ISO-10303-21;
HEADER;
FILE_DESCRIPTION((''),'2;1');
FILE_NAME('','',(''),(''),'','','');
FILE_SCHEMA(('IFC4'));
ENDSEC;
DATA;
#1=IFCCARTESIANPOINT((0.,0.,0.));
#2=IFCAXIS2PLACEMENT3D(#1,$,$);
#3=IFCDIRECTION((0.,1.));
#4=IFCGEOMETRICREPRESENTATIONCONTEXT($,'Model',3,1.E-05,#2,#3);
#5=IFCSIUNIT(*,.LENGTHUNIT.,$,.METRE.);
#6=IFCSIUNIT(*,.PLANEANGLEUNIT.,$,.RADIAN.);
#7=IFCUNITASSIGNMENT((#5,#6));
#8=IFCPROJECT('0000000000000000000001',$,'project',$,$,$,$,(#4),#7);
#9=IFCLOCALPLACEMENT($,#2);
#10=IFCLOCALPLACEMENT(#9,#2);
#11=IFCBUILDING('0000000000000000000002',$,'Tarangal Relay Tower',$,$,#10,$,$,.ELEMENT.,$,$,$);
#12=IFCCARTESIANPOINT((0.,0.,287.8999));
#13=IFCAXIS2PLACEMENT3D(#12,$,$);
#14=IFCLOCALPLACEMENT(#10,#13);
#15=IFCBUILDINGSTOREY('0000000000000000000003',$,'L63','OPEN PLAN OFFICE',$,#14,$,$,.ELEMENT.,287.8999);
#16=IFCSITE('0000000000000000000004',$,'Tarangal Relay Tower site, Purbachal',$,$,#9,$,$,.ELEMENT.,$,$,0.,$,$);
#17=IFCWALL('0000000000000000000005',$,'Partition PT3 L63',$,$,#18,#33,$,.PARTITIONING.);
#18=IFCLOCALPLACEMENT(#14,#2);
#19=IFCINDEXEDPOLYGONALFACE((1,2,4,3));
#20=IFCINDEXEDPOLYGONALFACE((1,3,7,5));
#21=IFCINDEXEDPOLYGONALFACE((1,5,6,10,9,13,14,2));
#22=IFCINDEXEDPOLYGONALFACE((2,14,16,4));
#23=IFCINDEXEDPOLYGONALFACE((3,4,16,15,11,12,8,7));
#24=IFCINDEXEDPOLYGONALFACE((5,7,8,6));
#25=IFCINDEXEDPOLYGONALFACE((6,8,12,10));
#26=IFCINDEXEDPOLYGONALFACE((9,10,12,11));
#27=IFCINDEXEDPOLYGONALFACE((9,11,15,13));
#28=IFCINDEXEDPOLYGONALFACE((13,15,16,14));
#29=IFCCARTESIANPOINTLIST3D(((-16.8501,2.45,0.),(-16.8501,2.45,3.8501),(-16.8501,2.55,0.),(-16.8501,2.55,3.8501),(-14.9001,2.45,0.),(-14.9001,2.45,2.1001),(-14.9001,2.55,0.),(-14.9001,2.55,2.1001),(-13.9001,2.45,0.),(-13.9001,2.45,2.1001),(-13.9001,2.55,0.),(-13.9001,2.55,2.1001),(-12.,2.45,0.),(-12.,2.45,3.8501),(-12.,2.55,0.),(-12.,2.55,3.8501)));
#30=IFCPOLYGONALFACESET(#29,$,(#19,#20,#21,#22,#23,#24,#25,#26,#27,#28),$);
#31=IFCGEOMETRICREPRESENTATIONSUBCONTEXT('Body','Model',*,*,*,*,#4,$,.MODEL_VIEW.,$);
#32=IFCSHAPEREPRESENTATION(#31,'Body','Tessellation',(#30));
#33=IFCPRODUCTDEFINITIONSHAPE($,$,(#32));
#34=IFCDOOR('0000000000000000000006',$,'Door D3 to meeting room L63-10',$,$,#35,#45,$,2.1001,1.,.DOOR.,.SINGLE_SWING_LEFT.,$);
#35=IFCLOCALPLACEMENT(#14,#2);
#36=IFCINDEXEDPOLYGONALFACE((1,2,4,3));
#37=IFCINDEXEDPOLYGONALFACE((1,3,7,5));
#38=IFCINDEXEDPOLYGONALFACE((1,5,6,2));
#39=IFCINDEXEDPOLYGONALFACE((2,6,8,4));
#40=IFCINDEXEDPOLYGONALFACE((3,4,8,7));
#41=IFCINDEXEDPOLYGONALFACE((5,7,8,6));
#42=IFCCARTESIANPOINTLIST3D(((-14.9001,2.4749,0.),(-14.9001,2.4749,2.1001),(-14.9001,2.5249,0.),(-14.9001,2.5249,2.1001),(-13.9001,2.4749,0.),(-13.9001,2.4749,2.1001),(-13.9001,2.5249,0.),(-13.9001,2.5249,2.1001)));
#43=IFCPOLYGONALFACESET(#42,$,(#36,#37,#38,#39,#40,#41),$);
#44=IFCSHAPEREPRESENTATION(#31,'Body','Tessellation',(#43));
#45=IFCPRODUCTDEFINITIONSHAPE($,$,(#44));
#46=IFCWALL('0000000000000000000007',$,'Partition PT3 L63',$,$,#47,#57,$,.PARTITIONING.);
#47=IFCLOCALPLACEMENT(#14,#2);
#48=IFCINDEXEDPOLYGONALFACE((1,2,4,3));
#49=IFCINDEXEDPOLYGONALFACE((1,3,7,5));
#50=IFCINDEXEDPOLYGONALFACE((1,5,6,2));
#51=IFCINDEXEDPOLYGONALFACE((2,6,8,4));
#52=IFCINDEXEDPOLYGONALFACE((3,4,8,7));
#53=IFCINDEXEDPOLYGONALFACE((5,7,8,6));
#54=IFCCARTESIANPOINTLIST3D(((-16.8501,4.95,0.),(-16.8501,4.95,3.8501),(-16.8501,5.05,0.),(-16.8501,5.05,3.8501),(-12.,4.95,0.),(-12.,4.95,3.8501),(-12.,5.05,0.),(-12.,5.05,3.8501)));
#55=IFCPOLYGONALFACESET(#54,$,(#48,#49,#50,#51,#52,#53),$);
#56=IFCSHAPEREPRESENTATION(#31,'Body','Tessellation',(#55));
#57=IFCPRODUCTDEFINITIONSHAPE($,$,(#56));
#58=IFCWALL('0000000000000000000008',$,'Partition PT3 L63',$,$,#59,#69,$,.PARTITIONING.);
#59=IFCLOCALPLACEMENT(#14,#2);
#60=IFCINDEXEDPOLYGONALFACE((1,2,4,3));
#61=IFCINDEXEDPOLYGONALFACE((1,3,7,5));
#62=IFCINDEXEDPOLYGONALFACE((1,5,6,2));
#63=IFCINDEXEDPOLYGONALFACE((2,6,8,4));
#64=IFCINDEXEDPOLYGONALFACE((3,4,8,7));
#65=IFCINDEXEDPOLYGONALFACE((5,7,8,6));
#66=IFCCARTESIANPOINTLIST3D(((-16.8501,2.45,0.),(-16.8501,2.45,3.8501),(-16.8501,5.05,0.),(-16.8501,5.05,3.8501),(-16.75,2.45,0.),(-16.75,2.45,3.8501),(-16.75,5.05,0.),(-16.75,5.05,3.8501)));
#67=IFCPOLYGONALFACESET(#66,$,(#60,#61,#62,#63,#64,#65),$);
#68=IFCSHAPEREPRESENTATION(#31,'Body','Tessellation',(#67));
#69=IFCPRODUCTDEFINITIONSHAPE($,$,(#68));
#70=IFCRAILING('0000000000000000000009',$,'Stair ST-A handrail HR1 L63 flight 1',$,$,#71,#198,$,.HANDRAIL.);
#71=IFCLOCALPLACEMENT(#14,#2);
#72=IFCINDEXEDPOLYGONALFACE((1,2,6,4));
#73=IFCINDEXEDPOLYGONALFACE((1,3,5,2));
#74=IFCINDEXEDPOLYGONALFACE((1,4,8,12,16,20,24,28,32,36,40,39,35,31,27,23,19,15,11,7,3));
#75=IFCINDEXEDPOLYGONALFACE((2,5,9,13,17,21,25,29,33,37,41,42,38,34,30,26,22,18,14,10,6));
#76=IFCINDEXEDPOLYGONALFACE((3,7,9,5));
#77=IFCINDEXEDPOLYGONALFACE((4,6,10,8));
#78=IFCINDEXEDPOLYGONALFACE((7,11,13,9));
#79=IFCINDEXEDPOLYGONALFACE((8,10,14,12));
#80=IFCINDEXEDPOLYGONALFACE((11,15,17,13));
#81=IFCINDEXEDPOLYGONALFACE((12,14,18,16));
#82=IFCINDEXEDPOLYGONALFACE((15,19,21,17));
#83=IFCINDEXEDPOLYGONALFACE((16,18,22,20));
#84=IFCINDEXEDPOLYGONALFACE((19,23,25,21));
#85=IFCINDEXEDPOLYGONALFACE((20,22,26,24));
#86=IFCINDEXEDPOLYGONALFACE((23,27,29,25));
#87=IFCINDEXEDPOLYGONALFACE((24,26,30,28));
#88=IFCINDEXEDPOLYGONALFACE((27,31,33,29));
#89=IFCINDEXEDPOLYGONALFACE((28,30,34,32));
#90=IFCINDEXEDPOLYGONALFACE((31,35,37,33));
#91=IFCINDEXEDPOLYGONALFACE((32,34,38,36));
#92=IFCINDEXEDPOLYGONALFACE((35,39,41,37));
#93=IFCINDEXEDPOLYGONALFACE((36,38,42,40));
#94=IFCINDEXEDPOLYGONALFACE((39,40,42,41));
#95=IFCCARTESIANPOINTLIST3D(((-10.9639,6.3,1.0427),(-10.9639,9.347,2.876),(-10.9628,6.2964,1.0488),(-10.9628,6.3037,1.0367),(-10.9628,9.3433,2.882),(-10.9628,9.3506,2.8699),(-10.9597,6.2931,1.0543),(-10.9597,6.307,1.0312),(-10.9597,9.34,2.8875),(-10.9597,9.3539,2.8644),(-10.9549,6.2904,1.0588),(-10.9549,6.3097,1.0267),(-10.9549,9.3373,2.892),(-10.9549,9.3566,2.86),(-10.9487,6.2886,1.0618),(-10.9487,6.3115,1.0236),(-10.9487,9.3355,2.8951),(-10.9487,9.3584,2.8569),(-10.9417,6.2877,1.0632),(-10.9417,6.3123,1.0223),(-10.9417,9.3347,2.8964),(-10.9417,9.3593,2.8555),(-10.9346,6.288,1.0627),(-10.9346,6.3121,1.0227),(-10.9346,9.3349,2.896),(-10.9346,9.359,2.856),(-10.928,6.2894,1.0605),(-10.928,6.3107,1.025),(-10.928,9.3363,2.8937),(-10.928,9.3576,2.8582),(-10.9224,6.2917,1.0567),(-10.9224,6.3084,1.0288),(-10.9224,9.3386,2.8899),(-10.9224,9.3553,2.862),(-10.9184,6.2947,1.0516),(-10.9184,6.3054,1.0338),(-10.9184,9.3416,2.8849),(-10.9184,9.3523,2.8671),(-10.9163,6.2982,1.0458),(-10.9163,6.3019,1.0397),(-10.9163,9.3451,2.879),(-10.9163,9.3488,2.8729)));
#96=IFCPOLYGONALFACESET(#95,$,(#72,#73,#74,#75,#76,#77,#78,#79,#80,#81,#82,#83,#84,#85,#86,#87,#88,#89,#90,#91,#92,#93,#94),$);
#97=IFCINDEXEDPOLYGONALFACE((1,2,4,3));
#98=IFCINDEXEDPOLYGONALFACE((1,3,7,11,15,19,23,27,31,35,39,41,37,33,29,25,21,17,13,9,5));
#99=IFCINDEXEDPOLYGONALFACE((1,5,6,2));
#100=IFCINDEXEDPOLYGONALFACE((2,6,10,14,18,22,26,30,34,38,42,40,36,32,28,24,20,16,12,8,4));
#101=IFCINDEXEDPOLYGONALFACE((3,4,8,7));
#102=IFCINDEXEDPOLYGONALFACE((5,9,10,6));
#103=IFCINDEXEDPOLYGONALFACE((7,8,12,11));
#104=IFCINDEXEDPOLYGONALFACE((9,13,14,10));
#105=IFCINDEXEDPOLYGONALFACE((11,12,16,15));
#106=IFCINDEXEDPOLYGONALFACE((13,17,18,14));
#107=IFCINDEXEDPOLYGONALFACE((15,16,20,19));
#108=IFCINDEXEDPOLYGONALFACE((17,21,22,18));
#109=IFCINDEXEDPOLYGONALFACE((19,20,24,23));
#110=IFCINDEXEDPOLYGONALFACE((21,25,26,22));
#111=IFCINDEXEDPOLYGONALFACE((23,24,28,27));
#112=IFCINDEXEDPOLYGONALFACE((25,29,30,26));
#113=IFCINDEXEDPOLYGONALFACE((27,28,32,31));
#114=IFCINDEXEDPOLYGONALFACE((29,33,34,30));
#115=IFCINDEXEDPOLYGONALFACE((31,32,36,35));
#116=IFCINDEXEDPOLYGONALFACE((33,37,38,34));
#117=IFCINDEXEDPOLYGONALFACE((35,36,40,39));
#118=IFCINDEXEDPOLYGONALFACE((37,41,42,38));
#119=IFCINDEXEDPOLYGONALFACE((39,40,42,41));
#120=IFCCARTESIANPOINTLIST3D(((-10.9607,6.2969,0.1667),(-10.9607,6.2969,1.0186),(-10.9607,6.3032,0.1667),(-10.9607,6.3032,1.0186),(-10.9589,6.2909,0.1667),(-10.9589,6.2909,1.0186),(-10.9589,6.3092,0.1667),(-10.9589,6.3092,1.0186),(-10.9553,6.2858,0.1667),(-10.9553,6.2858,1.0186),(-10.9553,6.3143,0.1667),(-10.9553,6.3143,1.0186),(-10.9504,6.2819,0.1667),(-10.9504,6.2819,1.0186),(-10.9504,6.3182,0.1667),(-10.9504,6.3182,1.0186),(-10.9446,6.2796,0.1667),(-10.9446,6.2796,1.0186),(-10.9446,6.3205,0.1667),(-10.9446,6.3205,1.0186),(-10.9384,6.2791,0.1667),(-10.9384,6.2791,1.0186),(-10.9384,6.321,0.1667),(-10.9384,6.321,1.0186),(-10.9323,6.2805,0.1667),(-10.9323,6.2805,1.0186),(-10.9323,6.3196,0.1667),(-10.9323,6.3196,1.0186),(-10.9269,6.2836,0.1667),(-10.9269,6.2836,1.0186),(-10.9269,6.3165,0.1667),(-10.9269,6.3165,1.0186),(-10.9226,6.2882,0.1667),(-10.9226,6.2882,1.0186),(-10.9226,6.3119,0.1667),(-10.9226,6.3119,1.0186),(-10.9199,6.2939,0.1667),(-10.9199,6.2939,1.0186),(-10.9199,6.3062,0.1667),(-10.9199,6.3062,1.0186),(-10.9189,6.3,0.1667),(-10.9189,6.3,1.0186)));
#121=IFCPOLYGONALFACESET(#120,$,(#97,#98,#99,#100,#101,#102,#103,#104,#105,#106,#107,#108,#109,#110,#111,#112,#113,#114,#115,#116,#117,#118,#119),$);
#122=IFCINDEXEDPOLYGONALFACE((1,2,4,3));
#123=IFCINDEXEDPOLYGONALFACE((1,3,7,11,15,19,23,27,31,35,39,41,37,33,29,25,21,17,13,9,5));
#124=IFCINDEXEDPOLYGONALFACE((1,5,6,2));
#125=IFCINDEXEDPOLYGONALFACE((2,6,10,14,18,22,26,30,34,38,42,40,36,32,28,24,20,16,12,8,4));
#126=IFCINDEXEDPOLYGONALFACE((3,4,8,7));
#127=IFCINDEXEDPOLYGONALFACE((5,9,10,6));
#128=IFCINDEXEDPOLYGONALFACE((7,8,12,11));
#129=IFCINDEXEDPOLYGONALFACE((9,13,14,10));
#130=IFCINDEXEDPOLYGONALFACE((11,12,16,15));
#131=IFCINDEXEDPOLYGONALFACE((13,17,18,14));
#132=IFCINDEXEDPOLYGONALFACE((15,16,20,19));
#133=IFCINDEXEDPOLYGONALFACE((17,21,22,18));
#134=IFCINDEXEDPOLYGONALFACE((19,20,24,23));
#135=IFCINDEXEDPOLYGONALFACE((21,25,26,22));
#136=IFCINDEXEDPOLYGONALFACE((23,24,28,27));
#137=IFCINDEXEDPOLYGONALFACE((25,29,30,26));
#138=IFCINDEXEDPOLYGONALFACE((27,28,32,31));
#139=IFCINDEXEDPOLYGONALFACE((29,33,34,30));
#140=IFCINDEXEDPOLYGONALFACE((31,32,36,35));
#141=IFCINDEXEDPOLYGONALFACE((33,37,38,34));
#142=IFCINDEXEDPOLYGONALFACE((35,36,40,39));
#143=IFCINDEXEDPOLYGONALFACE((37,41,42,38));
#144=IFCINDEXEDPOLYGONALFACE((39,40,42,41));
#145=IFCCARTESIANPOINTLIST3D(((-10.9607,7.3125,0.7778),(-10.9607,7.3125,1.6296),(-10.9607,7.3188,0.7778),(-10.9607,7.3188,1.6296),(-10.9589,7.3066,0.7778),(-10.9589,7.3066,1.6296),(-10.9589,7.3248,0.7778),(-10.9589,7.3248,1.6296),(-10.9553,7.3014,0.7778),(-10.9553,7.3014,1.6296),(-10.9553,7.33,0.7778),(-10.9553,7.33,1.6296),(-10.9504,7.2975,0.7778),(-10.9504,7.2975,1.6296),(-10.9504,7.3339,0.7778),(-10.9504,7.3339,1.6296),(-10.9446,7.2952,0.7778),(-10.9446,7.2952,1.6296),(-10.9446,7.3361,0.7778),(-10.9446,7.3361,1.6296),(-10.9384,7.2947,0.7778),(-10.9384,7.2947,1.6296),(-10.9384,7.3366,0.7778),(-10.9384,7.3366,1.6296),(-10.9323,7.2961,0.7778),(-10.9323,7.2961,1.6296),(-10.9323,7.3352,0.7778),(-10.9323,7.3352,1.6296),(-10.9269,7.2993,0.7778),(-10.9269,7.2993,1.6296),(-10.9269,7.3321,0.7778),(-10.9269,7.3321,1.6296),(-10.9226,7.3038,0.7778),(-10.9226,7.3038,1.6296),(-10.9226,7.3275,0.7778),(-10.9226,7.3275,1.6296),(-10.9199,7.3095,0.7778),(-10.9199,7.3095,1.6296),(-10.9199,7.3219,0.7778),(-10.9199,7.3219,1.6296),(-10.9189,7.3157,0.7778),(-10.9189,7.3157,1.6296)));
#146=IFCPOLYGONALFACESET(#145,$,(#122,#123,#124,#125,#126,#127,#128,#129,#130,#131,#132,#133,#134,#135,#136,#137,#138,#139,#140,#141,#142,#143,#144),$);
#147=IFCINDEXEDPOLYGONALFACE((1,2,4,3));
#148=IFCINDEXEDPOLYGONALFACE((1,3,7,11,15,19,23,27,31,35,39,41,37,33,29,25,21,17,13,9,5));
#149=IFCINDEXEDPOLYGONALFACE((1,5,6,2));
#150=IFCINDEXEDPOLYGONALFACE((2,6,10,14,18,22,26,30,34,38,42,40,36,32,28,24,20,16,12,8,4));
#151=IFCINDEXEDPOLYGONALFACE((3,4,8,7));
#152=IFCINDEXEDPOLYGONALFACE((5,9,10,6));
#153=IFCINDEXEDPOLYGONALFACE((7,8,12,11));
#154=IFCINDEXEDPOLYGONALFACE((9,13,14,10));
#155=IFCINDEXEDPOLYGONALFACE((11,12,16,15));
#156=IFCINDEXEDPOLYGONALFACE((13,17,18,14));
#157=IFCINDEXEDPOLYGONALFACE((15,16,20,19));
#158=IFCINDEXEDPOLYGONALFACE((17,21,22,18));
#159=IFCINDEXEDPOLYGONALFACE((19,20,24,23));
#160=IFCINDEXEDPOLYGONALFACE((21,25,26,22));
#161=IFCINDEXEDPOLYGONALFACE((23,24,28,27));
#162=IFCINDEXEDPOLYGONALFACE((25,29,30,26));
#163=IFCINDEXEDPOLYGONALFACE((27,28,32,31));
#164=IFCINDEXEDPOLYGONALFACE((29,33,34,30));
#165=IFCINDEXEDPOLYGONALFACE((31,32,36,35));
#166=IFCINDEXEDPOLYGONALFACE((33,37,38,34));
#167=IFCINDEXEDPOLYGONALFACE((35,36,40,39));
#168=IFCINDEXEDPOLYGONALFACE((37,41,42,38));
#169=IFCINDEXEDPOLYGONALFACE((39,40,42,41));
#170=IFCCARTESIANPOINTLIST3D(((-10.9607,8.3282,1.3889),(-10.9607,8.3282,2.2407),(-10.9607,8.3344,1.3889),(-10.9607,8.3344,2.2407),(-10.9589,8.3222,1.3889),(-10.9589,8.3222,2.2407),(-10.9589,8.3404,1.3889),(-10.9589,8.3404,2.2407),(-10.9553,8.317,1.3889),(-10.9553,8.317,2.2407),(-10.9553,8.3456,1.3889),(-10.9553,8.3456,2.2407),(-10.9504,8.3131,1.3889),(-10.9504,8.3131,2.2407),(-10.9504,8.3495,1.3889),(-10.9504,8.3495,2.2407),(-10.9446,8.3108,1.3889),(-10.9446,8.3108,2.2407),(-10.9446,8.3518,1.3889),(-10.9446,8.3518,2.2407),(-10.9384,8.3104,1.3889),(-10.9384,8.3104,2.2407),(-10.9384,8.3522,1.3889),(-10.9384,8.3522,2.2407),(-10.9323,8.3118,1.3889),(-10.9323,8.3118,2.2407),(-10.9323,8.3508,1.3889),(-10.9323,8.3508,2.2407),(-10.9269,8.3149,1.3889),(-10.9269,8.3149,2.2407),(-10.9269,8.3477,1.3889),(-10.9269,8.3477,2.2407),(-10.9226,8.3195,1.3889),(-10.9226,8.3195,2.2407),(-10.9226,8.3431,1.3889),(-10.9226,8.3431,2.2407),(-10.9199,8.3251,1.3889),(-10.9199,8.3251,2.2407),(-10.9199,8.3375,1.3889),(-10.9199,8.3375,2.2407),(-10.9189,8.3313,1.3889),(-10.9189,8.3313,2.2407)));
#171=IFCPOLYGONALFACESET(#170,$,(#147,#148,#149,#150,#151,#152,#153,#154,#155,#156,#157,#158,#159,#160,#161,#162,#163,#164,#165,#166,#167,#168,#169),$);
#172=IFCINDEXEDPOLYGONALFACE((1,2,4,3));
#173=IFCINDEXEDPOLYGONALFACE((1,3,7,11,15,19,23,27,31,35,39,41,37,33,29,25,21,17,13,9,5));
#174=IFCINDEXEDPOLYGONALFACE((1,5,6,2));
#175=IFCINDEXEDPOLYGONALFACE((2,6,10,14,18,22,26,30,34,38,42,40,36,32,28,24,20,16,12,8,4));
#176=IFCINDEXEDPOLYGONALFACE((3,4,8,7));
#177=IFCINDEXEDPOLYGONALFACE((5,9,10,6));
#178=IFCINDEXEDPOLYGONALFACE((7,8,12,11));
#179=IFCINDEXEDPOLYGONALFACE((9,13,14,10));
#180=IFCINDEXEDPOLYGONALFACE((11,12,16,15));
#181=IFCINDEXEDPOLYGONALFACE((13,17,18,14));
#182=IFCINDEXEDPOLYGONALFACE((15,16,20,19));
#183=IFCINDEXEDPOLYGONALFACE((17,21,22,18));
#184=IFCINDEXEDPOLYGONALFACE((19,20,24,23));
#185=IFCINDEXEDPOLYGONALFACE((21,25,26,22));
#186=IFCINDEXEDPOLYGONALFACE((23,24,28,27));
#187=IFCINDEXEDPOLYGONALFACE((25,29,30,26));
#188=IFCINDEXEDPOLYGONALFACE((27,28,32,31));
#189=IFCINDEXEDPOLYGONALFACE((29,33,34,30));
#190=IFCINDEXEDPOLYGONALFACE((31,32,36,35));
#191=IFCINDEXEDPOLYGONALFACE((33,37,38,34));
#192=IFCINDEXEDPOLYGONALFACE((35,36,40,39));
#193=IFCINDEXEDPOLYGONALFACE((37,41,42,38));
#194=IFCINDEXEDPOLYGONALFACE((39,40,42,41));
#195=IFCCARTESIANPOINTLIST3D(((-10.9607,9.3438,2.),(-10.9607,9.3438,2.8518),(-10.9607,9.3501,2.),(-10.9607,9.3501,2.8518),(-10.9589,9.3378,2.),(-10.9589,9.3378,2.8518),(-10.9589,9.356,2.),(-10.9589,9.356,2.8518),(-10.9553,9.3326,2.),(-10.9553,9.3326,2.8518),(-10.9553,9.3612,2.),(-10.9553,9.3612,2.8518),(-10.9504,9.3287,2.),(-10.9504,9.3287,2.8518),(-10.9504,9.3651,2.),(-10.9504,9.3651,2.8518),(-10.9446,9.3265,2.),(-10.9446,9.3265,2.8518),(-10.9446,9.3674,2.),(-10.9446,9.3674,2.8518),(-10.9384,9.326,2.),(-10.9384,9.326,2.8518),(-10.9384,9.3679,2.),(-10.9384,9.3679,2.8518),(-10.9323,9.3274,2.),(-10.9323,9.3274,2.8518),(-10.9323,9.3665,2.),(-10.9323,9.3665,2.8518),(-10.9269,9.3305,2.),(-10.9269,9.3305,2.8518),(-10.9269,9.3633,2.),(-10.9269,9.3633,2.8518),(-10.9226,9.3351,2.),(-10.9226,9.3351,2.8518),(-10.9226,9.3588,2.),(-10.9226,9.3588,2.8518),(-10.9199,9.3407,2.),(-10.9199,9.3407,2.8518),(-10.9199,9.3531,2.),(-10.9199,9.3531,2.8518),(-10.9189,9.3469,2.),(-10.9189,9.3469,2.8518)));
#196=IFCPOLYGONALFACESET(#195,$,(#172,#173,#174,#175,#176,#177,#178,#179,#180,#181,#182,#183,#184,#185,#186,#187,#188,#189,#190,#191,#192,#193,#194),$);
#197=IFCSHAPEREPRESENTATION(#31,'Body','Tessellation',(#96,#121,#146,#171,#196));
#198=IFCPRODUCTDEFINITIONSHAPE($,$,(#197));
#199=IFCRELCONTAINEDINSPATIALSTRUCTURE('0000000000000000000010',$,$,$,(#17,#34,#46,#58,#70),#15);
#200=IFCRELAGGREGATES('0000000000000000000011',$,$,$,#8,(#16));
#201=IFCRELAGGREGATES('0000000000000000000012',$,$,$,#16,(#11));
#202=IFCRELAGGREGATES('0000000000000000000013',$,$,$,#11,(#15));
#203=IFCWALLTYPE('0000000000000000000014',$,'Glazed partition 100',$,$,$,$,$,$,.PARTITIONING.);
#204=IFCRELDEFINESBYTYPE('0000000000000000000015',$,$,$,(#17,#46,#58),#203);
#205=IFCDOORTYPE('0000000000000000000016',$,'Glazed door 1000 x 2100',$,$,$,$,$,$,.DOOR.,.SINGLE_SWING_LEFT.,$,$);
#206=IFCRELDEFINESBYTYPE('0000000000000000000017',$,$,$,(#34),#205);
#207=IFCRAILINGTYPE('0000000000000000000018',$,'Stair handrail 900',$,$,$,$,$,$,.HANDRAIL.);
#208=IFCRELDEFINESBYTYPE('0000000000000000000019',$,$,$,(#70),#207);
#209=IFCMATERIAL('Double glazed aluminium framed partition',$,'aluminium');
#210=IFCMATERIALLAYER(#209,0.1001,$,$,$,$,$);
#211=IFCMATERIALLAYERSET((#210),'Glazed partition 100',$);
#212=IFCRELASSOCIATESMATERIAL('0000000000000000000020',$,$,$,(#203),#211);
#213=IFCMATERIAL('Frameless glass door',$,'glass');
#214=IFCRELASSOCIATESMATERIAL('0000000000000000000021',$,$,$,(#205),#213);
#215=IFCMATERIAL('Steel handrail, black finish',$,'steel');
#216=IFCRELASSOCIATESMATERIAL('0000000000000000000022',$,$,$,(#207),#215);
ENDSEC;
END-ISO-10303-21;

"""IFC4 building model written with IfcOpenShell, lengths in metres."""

from ifc_helpers import new_model, si_unit, direction, frame, frame_2d, origin, origin_2d, place, context, subcontext, project, spatial, rectangle, circle, extrude, material, layer, layer_set, type_object, element, fill, save


model = new_model("IFC4")

# Units and contexts
model_context = context("Model", 3, precision=1e-05, world=origin(), true_north=direction((0.0, 1.0)))
body_context = subcontext(model_context, "Body", "Model", "MODEL_VIEW")
ifc_project = project(units=[si_unit("LENGTHUNIT", "METRE"), si_unit("PLANEANGLEUNIT", "RADIAN")], contexts=[model_context])

# Site, building, storey
site_placement = place(None, origin())
site = spatial("IfcSite", under=ifc_project, at=site_placement, Name="Tarangal Relay Tower site, Purbachal", CompositionType="ELEMENT", RefElevation=0.0)
building_placement = place(site_placement, origin())
building = spatial("IfcBuilding", under=site, at=building_placement, Name="Tarangal Relay Tower", CompositionType="ELEMENT")
storey_placement = place(building_placement, frame((0.0, 0.0, 287.8999)))
storey = spatial("IfcBuildingStorey", under=building, at=storey_placement, Name="L63", Description="OPEN PLAN OFFICE", CompositionType="ELEMENT", Elevation=287.8999)

# Wall, opening, door
ifc_material_1 = material(Name="Double glazed aluminium framed partition", Category="aluminium")
ifc_layer_1 = layer(ifc_material_1, 0.1001)
ifc_layer_set_1 = layer_set([ifc_layer_1], Name="Glazed partition 100")
wall_type_1 = type_object("IfcWallType", Name="Glazed partition 100", PredefinedType="PARTITIONING", material=ifc_layer_set_1)
wall_1_placement = place(storey_placement, frame((-16.8501, 2.5, 0.0), z_axis=(0.0, 0.0, 1.0), x_axis=(1.0, 0.0, 0.0)))
wall_1 = element("IfcWall", 1, at=wall_1_placement, inside=storey, type_object=wall_type_1, Name="Partition PT3 L63", PredefinedType="PARTITIONING", context=body_context, shape_type="SweptSolid", body=[
    extrude(rectangle(XDim=4.8501, YDim=0.1001, at=frame_2d((2.425, 0.0))), origin(), (0.0, 0.0, 1.0), 3.8501),
])
opening_1_placement = place(wall_1_placement, frame((1.95, 0.0, 0.0)))
opening_1 = element("IfcOpeningElement", 2, at=opening_1_placement, cuts=wall_1, PredefinedType="OPENING", context=body_context, shape_type="SweptSolid", body=[
    extrude(rectangle(XDim=1.0, YDim=2.1001, at=frame_2d((0.5, 1.05))), frame((0.0, 0.0601, 0.0), z_axis=(0.0, -1.0, 0.0), x_axis=(1.0, 0.0, 0.0)), (0.0, 0.0, 1.0), 0.1201),
])
ifc_material_2 = material(Name="Frameless glass door", Category="glass")
door_type_1 = type_object("IfcDoorType", Name="Glazed door 1000 x 2100", OperationType="SINGLE_SWING_LEFT", PredefinedType="DOOR", material=ifc_material_2)
door_1_placement = place(opening_1_placement, origin())
door_1 = element("IfcDoor", 3, at=door_1_placement, inside=storey, type_object=door_type_1, Name="Door D3 to meeting room L63-10", OperationType="SINGLE_SWING_LEFT", OverallHeight=2.1001, OverallWidth=1.0, PredefinedType="DOOR", context=body_context, shape_type="SweptSolid", body=[
    extrude(rectangle(XDim=1.0, YDim=2.1001, at=frame_2d((0.5, 1.05))), frame((0.0, 0.0249, 0.0), z_axis=(0.0, -1.0, 0.0), x_axis=(1.0, 0.0, 0.0)), (0.0, 0.0, 1.0), 0.05),
])
fill(opening_1, door_1)

# Walls
wall_2_placement = place(storey_placement, frame((-16.8501, 5.0, 0.0), z_axis=(0.0, 0.0, 1.0), x_axis=(1.0, 0.0, 0.0)))
element("IfcWall", 4, at=wall_2_placement, inside=storey, type_object=wall_type_1, Name="Partition PT3 L63", PredefinedType="PARTITIONING", context=body_context, shape_type="SweptSolid", body=[
    extrude(rectangle(XDim=4.8501, YDim=0.1001, at=frame_2d((2.425, 0.0))), origin(), (0.0, 0.0, 1.0), 3.8501),
])
wall_3_placement = place(storey_placement, frame((-16.8, 2.45, 0.0), z_axis=(0.0, 0.0, 1.0), x_axis=(0.0, 1.0, 0.0)))
element("IfcWall", 5, at=wall_3_placement, inside=storey, type_object=wall_type_1, Name="Partition PT3 L63", PredefinedType="PARTITIONING", context=body_context, shape_type="SweptSolid", body=[
    extrude(rectangle(XDim=2.6001, YDim=0.1001, at=frame_2d((1.3, 0.0))), origin(), (0.0, 0.0, 1.0), 3.8501),
])

# Railing
ifc_material_3 = material(Name="Steel handrail, black finish", Category="steel")
railing_type = type_object("IfcRailingType", Name="Stair handrail 900", PredefinedType="HANDRAIL", material=ifc_material_3)
railing_placement = place(storey_placement, frame((-10.9399, 6.3, 0.1667)))
element("IfcRailing", 6, at=railing_placement, inside=storey, type_object=railing_type, Name="Stair ST-A handrail HR1 L63 flight 1", PredefinedType="HANDRAIL", context=body_context, shape_type="SweptSolid", body=[
    extrude(circle(Radius=0.0239, at=origin_2d()), frame((0.0, 0.0, 0.876), z_axis=(0.0, 0.856856, 0.515556), x_axis=(-1.0, 0.0, 0.0)), (0.0, 0.0, 1.0), 3.5559),
    extrude(circle(Radius=0.021, at=origin_2d()), origin(), (0.0, 0.0, 1.0), 0.8518),
    extrude(circle(Radius=0.021, at=origin_2d()), frame((0.0, 1.0156, 0.6111)), (0.0, 0.0, 1.0), 0.8518),
    extrude(circle(Radius=0.021, at=origin_2d()), frame((0.0, 2.0312, 1.2222)), (0.0, 0.0, 1.0), 0.8518),
    extrude(circle(Radius=0.021, at=origin_2d()), frame((0.0, 3.0469, 1.8333)), (0.0, 0.0, 1.0), 0.8518),
])

save(model, "model.ifc")
